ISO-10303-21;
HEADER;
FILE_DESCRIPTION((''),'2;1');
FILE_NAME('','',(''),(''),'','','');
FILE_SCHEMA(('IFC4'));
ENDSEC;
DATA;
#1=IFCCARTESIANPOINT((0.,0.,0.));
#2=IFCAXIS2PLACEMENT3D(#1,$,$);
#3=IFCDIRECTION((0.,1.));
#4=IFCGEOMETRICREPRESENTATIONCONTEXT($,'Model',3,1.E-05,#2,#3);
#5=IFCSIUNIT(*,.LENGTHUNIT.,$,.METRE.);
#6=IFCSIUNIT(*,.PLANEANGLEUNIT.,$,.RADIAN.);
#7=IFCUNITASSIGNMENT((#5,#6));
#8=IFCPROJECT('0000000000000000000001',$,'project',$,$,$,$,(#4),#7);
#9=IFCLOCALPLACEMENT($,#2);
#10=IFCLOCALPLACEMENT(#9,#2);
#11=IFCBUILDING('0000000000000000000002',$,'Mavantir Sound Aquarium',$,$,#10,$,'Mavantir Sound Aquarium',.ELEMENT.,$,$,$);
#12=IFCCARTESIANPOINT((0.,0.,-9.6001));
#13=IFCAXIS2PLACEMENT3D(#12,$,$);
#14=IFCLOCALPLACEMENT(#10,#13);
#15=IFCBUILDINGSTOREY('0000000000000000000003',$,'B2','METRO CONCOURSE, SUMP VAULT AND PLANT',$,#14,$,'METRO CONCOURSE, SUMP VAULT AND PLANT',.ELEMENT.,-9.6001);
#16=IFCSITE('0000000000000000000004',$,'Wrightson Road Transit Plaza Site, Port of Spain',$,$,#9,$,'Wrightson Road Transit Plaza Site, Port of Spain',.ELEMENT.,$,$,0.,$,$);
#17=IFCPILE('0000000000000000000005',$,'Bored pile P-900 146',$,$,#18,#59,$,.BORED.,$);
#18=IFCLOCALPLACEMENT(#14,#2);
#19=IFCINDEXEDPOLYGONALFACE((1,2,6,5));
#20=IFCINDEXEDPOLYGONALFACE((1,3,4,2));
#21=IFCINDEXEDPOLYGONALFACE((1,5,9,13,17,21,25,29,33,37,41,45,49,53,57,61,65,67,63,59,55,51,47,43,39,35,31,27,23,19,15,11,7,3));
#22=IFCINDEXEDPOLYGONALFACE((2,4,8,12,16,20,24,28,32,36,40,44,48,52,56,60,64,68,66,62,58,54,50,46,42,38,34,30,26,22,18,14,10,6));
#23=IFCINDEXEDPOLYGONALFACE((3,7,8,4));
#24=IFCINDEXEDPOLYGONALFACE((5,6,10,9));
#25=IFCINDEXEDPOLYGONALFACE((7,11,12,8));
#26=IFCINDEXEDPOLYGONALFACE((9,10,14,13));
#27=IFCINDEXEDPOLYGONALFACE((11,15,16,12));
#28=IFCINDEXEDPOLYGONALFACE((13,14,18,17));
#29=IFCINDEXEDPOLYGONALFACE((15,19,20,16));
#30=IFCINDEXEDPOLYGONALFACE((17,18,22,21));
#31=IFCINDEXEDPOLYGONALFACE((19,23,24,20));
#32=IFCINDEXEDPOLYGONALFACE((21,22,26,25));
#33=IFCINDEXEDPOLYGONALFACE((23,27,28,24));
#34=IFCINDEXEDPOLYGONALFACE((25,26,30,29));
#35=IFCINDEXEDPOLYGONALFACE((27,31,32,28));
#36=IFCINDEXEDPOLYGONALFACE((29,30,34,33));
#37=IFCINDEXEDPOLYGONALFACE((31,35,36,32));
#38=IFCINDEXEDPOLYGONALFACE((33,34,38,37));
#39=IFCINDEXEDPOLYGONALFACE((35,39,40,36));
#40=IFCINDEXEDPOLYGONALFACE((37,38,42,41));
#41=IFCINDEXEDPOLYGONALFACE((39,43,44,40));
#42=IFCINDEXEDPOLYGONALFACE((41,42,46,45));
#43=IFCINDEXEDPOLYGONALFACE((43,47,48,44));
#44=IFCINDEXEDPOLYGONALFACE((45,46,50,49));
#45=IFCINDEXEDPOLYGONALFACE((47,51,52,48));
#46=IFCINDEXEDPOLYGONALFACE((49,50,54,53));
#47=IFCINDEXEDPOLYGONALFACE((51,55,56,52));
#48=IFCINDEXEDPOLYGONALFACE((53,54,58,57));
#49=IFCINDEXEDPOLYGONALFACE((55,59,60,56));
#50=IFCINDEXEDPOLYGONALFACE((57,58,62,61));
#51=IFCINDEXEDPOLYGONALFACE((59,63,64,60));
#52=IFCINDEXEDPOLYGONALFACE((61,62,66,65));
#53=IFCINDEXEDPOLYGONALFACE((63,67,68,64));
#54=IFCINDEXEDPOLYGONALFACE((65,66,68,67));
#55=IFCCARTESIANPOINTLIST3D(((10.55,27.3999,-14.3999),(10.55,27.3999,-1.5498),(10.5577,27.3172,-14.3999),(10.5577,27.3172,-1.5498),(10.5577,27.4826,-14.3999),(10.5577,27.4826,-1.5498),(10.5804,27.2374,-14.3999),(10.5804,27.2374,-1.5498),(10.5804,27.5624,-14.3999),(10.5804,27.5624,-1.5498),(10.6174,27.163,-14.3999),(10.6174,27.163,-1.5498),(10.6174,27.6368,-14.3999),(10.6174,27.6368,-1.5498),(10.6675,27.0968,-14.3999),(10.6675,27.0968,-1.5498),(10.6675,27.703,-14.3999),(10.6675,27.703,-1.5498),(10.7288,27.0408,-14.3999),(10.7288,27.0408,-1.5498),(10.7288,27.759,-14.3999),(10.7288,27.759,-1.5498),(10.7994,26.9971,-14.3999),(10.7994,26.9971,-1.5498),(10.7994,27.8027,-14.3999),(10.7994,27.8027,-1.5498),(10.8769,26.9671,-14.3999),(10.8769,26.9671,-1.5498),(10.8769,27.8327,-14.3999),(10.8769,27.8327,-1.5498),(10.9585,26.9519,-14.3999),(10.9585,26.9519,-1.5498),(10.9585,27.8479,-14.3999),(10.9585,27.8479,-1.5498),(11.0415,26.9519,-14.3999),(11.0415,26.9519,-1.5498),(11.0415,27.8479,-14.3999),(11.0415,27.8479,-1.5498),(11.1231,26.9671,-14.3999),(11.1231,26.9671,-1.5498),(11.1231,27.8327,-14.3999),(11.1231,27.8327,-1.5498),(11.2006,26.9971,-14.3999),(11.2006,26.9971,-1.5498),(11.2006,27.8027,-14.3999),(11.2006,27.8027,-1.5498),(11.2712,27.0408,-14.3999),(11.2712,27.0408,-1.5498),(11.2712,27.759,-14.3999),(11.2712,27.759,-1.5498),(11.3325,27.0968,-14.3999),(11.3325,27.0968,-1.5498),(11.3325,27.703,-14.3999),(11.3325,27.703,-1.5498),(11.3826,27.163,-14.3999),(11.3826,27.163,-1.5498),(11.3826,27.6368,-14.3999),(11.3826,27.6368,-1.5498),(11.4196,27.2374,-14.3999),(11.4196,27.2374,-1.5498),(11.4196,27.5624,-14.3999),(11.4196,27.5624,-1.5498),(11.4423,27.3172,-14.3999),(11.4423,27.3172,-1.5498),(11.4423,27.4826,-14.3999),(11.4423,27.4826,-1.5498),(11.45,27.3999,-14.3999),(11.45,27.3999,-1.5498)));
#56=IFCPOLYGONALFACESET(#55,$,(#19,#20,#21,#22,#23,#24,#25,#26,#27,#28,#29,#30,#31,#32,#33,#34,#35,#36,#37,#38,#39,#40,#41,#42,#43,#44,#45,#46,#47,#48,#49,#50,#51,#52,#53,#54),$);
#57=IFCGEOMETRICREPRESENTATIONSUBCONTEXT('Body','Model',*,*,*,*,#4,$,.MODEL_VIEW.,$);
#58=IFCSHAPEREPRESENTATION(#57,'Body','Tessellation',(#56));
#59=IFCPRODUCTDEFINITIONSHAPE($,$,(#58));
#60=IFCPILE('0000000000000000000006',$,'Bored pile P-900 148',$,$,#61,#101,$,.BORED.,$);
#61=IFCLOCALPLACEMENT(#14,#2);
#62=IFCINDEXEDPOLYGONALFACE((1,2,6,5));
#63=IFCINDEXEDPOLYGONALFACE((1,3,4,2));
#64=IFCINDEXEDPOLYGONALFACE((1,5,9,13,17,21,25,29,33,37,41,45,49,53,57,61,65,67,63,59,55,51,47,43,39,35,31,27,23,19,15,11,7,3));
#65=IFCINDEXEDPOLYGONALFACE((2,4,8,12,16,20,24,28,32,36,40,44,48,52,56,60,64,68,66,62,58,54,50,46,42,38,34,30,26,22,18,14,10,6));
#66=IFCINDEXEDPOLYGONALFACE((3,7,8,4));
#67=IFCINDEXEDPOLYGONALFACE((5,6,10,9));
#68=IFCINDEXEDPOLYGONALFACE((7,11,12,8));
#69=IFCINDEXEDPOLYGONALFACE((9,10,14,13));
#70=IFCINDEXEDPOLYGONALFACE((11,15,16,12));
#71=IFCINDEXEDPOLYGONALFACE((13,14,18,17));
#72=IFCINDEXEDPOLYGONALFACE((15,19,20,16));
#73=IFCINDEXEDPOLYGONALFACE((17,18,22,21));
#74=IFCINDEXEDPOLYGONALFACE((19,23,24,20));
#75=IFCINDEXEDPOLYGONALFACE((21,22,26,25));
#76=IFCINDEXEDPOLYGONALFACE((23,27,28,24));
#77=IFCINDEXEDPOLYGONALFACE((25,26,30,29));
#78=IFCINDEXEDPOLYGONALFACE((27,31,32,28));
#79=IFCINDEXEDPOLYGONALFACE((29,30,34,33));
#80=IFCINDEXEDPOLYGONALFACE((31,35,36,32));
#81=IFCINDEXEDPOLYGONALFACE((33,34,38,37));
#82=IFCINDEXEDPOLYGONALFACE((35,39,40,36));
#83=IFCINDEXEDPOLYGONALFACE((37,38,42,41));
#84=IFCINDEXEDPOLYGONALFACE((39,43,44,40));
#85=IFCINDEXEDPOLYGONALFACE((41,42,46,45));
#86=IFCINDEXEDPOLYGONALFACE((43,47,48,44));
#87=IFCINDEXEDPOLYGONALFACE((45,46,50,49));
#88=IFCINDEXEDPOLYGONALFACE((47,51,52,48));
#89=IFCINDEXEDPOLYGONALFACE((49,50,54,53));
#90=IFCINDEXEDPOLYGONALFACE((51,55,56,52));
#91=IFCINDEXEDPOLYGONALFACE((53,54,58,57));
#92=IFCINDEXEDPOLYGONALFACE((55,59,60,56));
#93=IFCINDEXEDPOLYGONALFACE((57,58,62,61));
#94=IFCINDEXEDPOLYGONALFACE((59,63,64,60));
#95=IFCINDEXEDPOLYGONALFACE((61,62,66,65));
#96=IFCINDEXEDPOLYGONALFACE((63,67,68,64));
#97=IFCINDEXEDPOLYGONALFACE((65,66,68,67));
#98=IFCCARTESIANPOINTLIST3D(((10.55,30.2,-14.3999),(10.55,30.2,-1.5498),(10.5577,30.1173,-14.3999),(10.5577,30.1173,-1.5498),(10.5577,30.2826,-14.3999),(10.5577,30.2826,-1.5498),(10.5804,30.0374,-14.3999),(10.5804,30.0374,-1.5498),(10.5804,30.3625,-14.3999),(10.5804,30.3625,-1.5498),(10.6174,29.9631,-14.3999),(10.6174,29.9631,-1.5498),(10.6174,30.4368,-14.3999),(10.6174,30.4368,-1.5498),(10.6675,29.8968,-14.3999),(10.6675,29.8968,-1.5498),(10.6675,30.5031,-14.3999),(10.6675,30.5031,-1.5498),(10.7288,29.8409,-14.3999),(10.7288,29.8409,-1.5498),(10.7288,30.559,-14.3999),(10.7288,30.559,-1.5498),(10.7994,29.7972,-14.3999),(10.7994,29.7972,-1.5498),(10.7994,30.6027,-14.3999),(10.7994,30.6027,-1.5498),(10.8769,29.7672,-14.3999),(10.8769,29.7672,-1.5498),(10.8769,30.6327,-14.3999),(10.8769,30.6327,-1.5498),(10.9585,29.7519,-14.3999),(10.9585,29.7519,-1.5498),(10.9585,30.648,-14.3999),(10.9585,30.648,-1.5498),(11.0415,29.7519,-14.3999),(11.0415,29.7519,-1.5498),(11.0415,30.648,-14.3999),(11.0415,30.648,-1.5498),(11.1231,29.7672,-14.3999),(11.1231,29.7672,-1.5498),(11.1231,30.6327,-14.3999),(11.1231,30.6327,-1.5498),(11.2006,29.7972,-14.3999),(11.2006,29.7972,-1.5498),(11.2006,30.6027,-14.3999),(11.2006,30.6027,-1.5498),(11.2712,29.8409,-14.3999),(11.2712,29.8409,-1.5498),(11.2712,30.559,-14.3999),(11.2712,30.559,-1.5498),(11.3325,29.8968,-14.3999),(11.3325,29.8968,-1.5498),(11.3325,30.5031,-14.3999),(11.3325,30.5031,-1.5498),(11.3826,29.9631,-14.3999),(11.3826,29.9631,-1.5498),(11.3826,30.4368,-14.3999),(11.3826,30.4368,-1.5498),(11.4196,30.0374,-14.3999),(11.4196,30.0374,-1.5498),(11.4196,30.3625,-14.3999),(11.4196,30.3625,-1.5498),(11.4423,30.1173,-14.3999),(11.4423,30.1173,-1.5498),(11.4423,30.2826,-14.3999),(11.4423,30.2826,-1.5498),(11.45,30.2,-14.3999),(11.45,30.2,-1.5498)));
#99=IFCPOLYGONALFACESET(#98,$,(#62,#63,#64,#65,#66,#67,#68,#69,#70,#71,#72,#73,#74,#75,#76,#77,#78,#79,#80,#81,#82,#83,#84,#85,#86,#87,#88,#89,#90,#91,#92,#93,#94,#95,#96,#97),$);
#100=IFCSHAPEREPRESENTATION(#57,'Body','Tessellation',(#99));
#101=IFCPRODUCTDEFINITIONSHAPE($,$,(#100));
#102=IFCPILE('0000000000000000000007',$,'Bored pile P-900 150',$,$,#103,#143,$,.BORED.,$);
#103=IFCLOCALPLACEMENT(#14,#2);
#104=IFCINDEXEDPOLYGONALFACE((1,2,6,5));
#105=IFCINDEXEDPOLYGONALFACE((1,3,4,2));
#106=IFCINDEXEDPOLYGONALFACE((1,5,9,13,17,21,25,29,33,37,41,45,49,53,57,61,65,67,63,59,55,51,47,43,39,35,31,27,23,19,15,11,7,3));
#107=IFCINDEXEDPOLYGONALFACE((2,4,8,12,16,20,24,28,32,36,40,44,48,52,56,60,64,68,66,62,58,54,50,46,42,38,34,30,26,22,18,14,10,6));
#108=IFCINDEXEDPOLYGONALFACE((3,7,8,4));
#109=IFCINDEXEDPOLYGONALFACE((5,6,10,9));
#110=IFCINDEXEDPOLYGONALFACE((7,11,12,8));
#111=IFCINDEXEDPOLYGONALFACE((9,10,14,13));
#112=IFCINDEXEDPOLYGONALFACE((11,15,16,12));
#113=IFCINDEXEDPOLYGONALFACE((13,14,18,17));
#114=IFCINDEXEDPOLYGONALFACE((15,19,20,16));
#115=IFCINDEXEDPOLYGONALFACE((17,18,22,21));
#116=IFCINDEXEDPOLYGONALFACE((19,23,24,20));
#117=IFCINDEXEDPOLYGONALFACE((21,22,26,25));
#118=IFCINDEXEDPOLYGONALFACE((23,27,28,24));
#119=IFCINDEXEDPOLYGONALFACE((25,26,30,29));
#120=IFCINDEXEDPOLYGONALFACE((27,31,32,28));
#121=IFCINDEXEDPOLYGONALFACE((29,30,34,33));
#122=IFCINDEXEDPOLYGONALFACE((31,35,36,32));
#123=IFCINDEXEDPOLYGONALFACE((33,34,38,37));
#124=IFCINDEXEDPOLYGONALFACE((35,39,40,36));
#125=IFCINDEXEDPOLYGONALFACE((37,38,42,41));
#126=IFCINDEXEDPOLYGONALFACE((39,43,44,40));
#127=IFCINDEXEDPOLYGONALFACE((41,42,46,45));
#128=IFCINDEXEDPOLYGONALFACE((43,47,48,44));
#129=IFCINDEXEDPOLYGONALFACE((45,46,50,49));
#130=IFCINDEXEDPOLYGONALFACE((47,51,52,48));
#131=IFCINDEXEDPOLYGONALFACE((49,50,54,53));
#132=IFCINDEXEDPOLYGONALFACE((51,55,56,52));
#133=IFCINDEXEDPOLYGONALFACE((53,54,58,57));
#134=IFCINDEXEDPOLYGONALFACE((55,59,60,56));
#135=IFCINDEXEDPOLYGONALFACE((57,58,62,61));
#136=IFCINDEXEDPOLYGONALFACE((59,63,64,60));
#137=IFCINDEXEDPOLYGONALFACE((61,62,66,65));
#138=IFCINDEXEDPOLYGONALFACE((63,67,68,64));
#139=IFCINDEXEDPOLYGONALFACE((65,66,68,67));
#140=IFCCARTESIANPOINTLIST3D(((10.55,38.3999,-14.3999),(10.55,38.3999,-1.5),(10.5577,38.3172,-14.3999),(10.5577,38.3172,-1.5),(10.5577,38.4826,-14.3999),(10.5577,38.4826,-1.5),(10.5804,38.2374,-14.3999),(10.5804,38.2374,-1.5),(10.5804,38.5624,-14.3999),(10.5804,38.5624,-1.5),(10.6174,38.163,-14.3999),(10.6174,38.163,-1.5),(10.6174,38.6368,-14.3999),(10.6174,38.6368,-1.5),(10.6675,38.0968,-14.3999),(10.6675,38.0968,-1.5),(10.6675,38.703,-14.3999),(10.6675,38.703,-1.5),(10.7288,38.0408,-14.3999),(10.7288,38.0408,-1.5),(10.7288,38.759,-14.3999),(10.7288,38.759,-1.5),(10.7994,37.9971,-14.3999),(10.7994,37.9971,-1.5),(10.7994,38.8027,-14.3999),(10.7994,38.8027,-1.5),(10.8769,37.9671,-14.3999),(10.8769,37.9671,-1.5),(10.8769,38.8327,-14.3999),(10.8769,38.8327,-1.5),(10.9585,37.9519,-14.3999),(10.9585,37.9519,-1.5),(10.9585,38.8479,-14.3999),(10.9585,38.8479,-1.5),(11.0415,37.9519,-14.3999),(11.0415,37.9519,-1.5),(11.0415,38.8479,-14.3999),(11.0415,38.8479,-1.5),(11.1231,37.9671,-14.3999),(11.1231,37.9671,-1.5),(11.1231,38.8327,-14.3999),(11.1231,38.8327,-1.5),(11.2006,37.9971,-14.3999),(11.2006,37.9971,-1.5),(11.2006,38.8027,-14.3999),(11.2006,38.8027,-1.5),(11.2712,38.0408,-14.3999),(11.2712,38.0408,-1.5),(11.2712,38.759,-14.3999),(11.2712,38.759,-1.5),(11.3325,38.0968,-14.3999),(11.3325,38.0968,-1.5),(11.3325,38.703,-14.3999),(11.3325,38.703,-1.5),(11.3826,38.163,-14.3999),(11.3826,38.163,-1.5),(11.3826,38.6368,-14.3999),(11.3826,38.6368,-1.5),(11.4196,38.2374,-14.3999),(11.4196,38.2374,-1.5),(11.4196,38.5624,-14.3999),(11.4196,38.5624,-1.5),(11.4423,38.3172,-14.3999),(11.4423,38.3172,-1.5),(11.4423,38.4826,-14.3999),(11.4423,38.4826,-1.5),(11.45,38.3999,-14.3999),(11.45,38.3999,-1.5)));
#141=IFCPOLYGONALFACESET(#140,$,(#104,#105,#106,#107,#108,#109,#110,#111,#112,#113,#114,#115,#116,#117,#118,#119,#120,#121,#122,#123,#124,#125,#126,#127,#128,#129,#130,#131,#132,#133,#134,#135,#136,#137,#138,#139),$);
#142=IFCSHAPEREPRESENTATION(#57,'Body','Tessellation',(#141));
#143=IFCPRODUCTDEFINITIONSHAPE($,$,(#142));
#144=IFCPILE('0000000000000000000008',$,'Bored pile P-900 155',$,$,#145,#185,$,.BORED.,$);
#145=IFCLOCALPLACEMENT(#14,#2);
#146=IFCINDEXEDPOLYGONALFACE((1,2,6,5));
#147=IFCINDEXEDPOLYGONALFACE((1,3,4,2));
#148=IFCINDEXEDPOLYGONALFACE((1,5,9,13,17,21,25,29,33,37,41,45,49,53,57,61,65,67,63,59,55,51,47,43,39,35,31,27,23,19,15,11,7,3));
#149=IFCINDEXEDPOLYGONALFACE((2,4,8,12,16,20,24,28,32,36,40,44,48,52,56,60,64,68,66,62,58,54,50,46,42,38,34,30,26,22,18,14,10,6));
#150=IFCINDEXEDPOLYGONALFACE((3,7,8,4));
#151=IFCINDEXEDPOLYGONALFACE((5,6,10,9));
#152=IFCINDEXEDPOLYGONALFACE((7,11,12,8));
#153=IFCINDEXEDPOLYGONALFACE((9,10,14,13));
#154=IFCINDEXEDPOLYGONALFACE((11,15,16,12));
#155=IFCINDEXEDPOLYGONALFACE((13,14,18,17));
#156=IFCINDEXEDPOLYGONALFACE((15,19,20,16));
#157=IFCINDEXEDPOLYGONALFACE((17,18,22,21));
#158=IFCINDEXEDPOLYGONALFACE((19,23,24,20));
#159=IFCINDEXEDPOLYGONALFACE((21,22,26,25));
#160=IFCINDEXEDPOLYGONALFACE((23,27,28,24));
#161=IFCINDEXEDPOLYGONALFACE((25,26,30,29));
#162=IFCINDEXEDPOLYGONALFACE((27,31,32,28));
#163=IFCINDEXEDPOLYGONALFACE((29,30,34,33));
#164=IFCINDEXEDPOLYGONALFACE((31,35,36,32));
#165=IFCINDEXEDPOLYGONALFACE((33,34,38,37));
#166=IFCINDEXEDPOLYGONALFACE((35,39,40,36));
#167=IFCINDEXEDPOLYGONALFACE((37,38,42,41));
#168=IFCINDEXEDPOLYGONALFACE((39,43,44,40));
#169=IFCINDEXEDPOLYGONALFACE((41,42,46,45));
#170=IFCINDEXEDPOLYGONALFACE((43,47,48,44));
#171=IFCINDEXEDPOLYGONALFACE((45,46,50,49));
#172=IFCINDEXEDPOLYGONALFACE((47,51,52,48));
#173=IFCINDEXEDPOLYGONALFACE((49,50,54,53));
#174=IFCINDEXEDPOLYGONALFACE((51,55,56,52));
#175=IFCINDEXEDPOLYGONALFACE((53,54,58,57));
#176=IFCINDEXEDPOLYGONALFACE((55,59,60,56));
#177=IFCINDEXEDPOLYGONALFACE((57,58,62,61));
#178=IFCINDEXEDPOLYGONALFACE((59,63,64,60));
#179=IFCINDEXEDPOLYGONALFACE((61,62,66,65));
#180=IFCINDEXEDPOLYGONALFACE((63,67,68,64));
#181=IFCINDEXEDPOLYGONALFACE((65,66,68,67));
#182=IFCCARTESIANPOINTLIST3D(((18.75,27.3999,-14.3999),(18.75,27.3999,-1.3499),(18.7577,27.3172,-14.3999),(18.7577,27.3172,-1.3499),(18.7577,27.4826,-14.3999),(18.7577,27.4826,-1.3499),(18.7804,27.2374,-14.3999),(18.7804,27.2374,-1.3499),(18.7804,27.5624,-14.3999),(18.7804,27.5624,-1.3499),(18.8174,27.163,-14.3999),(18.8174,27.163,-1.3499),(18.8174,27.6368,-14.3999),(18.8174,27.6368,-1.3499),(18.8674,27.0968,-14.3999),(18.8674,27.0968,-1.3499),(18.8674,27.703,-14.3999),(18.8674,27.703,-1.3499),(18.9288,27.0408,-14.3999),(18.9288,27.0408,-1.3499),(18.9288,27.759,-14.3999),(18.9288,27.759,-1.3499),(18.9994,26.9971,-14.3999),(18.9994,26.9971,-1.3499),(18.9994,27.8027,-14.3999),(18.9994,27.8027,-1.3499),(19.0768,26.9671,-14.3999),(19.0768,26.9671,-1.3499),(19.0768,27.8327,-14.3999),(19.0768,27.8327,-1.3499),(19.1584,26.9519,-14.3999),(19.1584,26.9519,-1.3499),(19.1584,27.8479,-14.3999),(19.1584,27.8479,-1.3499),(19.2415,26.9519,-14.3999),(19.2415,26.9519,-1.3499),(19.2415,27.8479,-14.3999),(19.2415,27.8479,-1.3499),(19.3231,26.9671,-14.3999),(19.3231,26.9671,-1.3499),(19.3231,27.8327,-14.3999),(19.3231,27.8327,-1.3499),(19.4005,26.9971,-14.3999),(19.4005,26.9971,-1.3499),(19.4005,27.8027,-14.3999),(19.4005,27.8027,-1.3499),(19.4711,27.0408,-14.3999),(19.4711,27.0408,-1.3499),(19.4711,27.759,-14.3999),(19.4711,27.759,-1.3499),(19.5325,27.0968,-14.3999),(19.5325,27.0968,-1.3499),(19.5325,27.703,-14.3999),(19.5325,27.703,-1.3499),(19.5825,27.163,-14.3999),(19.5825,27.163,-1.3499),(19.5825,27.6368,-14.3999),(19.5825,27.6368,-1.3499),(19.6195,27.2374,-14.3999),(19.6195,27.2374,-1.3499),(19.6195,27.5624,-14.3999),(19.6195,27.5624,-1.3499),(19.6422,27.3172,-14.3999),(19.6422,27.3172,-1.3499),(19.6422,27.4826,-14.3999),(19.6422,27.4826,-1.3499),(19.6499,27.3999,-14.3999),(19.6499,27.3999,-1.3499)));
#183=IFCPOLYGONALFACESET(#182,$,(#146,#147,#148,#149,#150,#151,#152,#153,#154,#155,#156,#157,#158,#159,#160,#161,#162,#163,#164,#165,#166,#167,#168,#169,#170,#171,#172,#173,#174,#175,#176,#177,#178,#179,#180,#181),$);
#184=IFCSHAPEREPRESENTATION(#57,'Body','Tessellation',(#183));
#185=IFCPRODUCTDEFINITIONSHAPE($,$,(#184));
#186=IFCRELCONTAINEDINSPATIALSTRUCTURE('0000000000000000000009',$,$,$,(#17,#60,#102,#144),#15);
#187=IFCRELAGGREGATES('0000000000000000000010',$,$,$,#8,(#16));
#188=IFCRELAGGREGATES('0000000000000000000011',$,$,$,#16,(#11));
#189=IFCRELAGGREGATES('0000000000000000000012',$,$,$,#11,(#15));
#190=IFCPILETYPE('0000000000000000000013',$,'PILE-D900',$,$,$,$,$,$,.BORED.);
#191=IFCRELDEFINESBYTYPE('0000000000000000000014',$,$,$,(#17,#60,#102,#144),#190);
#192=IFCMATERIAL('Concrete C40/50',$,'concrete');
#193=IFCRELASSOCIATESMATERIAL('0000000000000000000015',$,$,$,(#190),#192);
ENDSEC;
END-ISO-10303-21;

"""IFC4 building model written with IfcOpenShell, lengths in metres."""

from ifc_helpers import new_model, si_unit, direction, frame, origin, origin_2d, place, context, subcontext, project, spatial, circle, extrude, material, material_profile, profile_set, type_object, element, save


model = new_model("IFC4")

# Units and contexts
model_context = context("Model", 3, precision=1e-05, world=origin(), true_north=direction((0.0, 1.0)))
body_context = subcontext(model_context, "Body", "Model", "MODEL_VIEW")
ifc_project = project(units=[si_unit("LENGTHUNIT", "METRE"), si_unit("PLANEANGLEUNIT", "RADIAN")], contexts=[model_context])

# Site, building, storey
site_placement = place(None, origin())
site = spatial("IfcSite", under=ifc_project, at=site_placement, Name="Wrightson Road Transit Plaza Site, Port of Spain", LongName="Wrightson Road Transit Plaza Site, Port of Spain", CompositionType="ELEMENT", RefElevation=0.0)
building_placement = place(site_placement, origin())
building = spatial("IfcBuilding", under=site, at=building_placement, Name="Mavantir Sound Aquarium", LongName="Mavantir Sound Aquarium", CompositionType="ELEMENT")
storey_placement = place(building_placement, frame((0.0, 0.0, -9.6001)))
storey = spatial("IfcBuildingStorey", under=building, at=storey_placement, Name="B2", Description="METRO CONCOURSE, SUMP VAULT AND PLANT", LongName="METRO CONCOURSE, SUMP VAULT AND PLANT", CompositionType="ELEMENT", Elevation=-9.6001)

# Shared definitions
ifc_material_1 = material(Name="Concrete C40/50", Category="concrete")

# Piles
ifc_material_profile_1 = material_profile(ifc_material_1, circle(Radius=0.45, at=origin_2d()), Name="PILE D900")
ifc_profile_set_1 = profile_set([ifc_material_profile_1], Name="Concrete C40/50")
pile_type = type_object("IfcPileType", Name="PILE-D900", PredefinedType="BORED", material=ifc_profile_set_1)
for number, where, z_axis, x_axis, name in (
    (1, (11.0, 27.3999, -1.5498), (0.0, 0.0, -1.0), (1.0, 0.0, 0.0), "Bored pile P-900 146"),
    (2, (11.0, 30.2, -1.5498), (0.0, 0.0, -1.0), (1.0, 0.0, 0.0), "Bored pile P-900 148"),
):
    element("IfcPile", number, at=place(storey_placement, frame(where, z_axis=z_axis, x_axis=x_axis)), inside=storey, type_object=pile_type, Name=name, PredefinedType="BORED", context=body_context, shape_type="SweptSolid", body=[
        extrude(circle(Radius=0.45, at=origin_2d()), origin(), (0.0, 0.0, 1.0), 12.8501),
    ])
pile_1_placement = place(storey_placement, frame((11.0, 38.3999, -1.5), z_axis=(0.0, 0.0, -1.0), x_axis=(1.0, 0.0, 0.0)))
element("IfcPile", 3, at=pile_1_placement, inside=storey, type_object=pile_type, Name="Bored pile P-900 150", PredefinedType="BORED", context=body_context, shape_type="SweptSolid", body=[
    extrude(circle(Radius=0.45, at=origin_2d()), origin(), (0.0, 0.0, 1.0), 12.8999),
])
for number, where, z_axis, x_axis, name in (
    (4, (19.2, 27.3999, -1.3499), (0.0, 0.0, -1.0), (1.0, 0.0, 0.0), "Bored pile P-900 155"),
):
    element("IfcPile", number, at=place(storey_placement, frame(where, z_axis=z_axis, x_axis=x_axis)), inside=storey, type_object=pile_type, Name=name, PredefinedType="BORED", context=body_context, shape_type="SweptSolid", body=[
        extrude(circle(Radius=0.45, at=origin_2d()), origin(), (0.0, 0.0, 1.0), 13.05),
    ])

save(model, "model.ifc")
